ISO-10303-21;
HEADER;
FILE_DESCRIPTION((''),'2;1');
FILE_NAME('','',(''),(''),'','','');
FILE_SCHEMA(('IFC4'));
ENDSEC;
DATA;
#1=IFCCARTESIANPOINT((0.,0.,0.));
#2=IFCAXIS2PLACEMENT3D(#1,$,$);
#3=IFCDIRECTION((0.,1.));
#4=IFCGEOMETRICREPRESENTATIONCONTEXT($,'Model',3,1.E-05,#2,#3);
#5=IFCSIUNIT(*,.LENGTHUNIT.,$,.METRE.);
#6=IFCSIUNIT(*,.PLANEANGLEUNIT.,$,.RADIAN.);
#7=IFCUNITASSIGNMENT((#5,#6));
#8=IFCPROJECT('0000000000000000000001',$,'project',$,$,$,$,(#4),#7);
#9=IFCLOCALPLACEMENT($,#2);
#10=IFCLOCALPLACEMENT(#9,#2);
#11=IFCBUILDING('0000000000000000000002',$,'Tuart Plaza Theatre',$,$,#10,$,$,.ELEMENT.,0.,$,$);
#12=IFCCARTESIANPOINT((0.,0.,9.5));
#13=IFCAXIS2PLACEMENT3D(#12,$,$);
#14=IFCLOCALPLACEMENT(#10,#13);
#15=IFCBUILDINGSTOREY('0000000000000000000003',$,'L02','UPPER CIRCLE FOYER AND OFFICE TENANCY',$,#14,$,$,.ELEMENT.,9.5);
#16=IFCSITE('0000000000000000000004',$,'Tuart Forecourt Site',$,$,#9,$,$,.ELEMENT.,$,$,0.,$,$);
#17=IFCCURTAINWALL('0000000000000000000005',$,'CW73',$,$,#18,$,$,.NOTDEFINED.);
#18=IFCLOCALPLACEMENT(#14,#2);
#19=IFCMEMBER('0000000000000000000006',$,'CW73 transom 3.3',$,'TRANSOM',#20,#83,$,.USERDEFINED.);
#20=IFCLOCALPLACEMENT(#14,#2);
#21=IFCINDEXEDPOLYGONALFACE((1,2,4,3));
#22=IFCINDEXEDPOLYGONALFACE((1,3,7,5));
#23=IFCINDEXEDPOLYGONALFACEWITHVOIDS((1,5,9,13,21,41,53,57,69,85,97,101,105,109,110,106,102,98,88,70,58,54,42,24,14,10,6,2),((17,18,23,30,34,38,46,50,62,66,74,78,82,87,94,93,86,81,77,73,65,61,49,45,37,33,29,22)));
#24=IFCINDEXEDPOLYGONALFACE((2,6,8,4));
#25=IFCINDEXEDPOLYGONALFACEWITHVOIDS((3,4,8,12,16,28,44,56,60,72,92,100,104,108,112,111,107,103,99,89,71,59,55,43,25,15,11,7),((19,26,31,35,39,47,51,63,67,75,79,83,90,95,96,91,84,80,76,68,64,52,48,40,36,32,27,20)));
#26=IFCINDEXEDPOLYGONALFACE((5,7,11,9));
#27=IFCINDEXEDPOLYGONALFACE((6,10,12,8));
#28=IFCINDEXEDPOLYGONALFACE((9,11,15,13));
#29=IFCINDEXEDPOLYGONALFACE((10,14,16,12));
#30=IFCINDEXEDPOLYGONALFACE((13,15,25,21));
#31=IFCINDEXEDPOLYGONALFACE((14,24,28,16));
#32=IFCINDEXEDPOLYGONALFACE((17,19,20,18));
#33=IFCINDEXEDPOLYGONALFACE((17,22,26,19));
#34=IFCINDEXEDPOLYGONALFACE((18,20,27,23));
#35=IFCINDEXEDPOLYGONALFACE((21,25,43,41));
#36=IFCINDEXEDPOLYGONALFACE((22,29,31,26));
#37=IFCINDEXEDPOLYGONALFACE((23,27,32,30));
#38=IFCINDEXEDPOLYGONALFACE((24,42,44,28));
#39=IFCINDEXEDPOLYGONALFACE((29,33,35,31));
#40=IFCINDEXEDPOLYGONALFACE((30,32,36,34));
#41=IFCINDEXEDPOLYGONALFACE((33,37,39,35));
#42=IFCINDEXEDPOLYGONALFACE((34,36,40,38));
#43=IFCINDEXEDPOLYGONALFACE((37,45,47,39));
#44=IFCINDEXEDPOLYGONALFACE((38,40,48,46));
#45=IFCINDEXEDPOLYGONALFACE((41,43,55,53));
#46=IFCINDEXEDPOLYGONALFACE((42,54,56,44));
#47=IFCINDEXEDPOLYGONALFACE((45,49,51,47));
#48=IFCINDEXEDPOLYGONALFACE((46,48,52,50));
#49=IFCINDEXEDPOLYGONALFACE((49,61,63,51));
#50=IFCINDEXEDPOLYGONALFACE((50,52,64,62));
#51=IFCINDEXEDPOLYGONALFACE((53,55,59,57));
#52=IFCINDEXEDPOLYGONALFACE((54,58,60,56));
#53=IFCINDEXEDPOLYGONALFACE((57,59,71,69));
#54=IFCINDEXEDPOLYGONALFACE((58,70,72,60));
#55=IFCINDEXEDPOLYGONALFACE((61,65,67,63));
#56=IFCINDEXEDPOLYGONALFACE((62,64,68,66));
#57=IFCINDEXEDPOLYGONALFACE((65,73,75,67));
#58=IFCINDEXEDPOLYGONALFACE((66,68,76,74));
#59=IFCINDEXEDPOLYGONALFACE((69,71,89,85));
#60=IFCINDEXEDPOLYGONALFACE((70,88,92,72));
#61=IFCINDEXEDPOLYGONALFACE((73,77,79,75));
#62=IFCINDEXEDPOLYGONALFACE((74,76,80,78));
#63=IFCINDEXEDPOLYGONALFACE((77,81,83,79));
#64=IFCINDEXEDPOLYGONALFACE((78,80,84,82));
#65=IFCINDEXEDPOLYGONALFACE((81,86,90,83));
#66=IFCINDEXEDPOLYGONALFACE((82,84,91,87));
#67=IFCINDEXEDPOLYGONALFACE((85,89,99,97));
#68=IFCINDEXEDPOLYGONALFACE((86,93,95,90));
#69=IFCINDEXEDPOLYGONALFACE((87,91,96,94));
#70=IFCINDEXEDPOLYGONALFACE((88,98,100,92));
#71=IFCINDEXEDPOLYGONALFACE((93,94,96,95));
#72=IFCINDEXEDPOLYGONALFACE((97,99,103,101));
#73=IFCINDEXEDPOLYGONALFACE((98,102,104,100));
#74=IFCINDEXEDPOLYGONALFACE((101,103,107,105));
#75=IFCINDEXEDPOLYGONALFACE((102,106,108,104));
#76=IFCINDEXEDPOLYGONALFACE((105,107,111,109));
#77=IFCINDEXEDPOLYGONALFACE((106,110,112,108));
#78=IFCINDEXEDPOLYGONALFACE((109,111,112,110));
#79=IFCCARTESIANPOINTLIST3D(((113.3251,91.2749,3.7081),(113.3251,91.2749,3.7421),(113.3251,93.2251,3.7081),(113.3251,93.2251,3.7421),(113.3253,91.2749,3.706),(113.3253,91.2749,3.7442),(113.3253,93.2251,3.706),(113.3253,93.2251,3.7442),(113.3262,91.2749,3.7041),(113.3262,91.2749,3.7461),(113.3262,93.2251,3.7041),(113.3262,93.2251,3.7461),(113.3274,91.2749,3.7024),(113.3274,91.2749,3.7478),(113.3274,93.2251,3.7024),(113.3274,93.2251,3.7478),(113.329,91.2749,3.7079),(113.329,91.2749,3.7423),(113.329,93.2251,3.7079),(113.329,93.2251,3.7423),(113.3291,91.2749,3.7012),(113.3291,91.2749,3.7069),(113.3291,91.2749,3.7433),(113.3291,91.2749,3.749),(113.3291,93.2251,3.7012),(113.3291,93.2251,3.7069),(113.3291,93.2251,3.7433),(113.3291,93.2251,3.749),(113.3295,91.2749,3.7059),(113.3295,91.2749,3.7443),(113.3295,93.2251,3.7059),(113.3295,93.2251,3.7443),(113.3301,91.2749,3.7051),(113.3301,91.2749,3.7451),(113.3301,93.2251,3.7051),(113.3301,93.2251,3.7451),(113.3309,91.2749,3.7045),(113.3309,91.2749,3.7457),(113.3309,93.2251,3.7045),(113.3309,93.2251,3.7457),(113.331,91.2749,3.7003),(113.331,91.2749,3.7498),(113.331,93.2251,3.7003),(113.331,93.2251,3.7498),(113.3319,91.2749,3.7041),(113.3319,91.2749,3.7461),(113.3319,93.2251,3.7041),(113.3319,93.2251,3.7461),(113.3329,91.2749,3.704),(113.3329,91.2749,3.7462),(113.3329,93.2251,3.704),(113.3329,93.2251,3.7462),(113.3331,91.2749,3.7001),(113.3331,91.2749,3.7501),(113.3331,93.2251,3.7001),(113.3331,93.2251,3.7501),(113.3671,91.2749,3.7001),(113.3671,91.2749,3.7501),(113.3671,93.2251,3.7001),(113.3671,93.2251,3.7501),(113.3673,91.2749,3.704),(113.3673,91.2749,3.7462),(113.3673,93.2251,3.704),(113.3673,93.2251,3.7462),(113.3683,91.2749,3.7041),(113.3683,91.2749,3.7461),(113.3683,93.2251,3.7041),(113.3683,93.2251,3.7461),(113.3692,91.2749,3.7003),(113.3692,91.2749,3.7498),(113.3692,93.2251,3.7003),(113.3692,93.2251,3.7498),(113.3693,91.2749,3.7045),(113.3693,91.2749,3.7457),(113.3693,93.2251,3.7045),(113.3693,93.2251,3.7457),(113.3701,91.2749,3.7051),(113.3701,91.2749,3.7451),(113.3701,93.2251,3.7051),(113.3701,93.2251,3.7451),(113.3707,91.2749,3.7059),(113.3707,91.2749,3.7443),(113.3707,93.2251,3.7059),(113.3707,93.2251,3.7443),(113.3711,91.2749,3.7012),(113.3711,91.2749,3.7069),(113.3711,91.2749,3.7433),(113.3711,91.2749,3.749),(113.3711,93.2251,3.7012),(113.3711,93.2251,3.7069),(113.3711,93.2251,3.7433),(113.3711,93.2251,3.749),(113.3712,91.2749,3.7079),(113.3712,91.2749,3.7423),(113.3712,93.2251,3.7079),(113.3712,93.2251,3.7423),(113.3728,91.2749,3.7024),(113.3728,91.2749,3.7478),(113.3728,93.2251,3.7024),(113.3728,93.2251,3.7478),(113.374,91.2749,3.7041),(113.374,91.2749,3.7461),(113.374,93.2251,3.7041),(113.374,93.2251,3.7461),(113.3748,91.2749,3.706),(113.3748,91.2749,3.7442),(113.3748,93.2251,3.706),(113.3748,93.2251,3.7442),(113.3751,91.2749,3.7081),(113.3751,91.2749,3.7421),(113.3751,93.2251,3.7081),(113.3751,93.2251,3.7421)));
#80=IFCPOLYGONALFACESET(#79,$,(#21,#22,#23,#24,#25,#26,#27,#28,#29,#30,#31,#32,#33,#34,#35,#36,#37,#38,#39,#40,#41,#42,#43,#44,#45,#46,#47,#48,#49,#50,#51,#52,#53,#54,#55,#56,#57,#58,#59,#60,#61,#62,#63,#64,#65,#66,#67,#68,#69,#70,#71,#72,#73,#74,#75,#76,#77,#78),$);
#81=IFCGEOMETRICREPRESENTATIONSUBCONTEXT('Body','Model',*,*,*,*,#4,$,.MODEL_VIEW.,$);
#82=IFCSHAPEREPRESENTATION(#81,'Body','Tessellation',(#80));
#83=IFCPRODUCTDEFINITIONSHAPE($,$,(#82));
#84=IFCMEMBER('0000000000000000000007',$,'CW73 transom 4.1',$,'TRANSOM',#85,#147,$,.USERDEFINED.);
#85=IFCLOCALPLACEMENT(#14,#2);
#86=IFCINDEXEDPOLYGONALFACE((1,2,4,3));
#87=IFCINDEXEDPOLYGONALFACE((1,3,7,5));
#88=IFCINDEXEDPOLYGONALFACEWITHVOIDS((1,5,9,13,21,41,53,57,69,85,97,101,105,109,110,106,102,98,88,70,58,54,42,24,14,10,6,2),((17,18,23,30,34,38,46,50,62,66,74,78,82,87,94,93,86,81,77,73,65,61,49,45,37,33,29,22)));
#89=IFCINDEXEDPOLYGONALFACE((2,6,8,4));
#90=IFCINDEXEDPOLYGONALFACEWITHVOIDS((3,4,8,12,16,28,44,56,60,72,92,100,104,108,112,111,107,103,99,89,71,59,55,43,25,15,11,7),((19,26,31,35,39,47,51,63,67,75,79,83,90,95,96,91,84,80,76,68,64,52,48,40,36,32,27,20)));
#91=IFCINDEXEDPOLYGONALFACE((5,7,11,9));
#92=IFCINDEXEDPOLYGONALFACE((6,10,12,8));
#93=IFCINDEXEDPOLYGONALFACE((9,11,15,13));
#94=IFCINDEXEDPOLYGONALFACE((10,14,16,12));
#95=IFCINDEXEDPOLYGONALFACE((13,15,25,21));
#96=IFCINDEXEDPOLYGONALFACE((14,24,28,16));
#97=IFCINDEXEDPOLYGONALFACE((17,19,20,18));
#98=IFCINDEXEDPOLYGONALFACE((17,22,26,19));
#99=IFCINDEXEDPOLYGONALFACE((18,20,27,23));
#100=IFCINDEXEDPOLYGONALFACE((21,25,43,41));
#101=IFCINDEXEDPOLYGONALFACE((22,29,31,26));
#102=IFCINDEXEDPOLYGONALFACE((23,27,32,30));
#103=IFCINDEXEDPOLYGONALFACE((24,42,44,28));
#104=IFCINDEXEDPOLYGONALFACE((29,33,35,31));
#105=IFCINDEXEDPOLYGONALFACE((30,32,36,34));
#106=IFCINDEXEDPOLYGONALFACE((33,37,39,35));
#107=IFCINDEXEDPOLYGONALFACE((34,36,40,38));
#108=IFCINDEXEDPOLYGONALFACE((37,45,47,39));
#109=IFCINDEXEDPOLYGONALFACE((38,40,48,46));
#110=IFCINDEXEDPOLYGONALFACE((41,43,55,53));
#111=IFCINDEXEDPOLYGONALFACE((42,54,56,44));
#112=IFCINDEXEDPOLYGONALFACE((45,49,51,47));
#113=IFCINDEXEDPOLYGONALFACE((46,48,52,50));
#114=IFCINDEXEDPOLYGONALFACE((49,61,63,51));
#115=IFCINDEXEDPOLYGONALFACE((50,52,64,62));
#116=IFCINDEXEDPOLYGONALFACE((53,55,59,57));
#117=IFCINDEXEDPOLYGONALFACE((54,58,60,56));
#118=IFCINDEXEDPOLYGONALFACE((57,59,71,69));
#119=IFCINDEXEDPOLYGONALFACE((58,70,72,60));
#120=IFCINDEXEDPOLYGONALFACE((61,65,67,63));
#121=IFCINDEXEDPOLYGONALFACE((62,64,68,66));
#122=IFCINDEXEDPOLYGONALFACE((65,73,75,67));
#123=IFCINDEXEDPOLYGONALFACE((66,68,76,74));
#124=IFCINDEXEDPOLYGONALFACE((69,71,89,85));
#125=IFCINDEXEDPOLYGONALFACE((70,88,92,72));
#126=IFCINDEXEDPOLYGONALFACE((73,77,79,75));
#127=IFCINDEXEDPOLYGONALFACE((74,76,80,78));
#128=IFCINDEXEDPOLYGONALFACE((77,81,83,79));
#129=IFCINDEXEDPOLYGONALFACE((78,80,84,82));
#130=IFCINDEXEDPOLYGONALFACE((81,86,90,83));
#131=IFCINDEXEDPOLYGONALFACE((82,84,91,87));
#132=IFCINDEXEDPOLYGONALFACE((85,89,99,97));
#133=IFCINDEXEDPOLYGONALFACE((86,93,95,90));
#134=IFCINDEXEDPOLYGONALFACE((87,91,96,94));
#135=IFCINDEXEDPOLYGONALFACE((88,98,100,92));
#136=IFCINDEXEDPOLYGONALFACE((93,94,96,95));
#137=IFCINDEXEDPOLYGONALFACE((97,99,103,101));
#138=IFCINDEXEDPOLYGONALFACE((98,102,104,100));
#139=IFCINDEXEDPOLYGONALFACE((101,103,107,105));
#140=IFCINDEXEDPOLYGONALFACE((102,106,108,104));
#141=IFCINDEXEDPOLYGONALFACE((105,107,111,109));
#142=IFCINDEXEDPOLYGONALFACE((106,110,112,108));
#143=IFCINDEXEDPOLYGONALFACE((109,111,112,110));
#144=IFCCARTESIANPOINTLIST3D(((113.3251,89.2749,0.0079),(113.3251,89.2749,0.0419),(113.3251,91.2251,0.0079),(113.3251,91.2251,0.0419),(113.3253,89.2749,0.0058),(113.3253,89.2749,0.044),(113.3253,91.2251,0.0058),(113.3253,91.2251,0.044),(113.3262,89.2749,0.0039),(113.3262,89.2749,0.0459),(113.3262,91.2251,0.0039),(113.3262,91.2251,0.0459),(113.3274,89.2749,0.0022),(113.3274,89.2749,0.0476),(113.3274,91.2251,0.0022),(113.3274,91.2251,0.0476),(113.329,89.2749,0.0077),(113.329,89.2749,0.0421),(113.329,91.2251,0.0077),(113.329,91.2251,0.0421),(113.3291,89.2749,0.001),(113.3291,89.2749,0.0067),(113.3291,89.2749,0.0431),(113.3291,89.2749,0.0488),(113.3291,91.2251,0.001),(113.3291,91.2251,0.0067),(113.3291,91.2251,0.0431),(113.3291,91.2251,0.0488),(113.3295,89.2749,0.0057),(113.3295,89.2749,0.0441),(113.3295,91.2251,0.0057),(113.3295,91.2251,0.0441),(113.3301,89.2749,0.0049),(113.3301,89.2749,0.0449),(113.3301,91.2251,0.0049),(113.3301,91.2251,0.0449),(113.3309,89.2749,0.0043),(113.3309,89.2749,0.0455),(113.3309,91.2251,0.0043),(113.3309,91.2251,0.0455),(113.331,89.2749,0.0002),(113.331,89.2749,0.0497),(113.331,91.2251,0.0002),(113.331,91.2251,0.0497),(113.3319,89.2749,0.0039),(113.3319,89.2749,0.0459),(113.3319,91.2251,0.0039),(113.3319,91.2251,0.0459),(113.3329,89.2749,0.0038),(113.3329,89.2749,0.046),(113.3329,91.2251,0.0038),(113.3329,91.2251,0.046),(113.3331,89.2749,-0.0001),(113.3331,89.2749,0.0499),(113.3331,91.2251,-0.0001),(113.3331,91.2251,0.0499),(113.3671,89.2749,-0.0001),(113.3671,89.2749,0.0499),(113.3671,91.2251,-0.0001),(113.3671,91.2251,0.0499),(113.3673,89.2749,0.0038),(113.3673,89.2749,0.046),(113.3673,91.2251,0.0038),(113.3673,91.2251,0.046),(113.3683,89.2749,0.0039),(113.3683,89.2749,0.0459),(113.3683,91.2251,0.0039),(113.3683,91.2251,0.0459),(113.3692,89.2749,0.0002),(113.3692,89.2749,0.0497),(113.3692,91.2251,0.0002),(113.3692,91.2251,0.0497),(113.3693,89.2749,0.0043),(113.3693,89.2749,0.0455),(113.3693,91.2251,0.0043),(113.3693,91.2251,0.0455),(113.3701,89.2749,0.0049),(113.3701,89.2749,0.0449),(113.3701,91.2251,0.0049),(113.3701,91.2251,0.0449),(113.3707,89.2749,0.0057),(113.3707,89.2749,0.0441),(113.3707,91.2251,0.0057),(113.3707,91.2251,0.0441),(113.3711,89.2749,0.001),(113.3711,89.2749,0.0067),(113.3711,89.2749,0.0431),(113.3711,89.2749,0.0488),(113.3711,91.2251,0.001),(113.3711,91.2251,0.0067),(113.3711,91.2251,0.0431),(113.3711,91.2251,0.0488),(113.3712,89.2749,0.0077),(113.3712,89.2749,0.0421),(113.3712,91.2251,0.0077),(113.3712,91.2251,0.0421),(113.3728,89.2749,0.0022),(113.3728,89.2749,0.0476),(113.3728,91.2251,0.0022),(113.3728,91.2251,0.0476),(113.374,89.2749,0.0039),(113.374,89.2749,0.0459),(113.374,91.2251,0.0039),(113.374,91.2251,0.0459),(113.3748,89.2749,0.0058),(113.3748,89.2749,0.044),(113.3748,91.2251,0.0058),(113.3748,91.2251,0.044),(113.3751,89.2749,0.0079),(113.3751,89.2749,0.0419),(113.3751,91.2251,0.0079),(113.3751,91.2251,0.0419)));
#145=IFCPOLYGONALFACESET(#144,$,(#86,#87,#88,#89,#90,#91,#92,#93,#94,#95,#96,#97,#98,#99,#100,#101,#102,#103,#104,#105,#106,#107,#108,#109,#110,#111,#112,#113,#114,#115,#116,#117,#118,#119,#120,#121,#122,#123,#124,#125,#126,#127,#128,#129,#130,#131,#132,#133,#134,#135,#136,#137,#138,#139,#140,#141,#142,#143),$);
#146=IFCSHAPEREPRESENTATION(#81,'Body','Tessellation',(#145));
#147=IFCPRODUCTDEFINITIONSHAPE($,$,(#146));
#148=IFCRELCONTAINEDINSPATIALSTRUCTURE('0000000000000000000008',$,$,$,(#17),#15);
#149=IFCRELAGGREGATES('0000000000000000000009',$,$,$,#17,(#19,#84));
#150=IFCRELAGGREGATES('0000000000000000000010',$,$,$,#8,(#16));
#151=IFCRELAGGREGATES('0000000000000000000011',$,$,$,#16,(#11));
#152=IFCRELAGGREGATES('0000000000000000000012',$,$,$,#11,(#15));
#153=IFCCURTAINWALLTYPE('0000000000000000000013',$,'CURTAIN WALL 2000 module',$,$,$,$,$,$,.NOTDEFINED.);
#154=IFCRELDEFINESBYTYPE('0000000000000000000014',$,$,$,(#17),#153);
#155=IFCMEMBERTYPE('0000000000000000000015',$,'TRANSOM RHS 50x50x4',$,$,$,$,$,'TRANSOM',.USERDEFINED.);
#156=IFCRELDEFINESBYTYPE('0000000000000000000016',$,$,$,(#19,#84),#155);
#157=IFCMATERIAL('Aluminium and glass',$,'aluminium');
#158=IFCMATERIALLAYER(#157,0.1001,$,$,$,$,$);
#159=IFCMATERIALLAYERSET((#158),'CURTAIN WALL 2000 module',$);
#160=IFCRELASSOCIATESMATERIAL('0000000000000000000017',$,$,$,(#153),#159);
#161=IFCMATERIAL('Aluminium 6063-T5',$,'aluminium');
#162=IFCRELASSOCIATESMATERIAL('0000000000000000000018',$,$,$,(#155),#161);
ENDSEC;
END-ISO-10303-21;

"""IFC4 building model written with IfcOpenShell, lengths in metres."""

from ifc_helpers import new_model, si_unit, direction, frame, origin, origin_2d, place, context, subcontext, project, spatial, hollow_rectangle, extrude, material, layer, layer_set, material_profile, profile_set, type_object, element, aggregate, save


model = new_model("IFC4")

# Units and contexts
model_context = context("Model", 3, precision=1e-05, world=origin(), true_north=direction((0.0, 1.0)))
body_context = subcontext(model_context, "Body", "Model", "MODEL_VIEW")
ifc_project = project(units=[si_unit("LENGTHUNIT", "METRE"), si_unit("PLANEANGLEUNIT", "RADIAN")], contexts=[model_context])

# Site, building, storey
site_placement = place(None, origin())
site = spatial("IfcSite", under=ifc_project, at=site_placement, Name="Tuart Forecourt Site", CompositionType="ELEMENT", RefElevation=0.0)
building_placement = place(site_placement, origin())
building = spatial("IfcBuilding", under=site, at=building_placement, Name="Tuart Plaza Theatre", CompositionType="ELEMENT", ElevationOfRefHeight=0.0)
storey_placement = place(building_placement, frame((0.0, 0.0, 9.5)))
storey = spatial("IfcBuildingStorey", under=building, at=storey_placement, Name="L02", Description="UPPER CIRCLE FOYER AND OFFICE TENANCY", CompositionType="ELEMENT", Elevation=9.5)

# Curtain wall, members
ifc_material_1 = material(Name="Aluminium and glass", Category="aluminium")
ifc_layer_1 = layer(ifc_material_1, 0.1001)
ifc_layer_set_1 = layer_set([ifc_layer_1], Name="CURTAIN WALL 2000 module")
curtain_wall_type = type_object("IfcCurtainWallType", Name="CURTAIN WALL 2000 module", PredefinedType="NOTDEFINED", material=ifc_layer_set_1)
curtain_wall_placement = place(storey_placement, origin())
curtain_wall = element("IfcCurtainWall", 1, at=curtain_wall_placement, inside=storey, type_object=curtain_wall_type, Name="CW73", PredefinedType="NOTDEFINED")
ifc_material_2 = material(Name="Aluminium 6063-T5", Category="aluminium")
ifc_material_profile_1 = material_profile(ifc_material_2, hollow_rectangle(XDim=0.05, YDim=0.05, WallThickness=0.0039, InnerFilletRadius=0.0039, OuterFilletRadius=0.0081, at=origin_2d()), Name="RHS 50x50x4")
ifc_profile_set_1 = profile_set([ifc_material_profile_1], Name="Aluminium 6063-T5")
member_type_1 = type_object("IfcMemberType", Name="TRANSOM RHS 50x50x4", ElementType="TRANSOM", PredefinedType="USERDEFINED", material=ifc_profile_set_1)
member_1_placement = place(storey_placement, frame((113.3501, 93.2251, 3.7251), z_axis=(0.0, -1.0, 0.0), x_axis=(1.0, 0.0, 0.0)))
member_1 = element("IfcMember", 2, at=member_1_placement, type_object=member_type_1, Name="CW73 transom 3.3", ObjectType="TRANSOM", PredefinedType="USERDEFINED", context=body_context, shape_type="SweptSolid", body=[
    extrude(hollow_rectangle(XDim=0.05, YDim=0.05, WallThickness=0.0039, InnerFilletRadius=0.0039, OuterFilletRadius=0.0081, at=origin_2d()), origin(), (0.0, 0.0, 1.0), 1.9502),
])
member_2_placement = place(storey_placement, frame((113.3501, 91.2251, 0.0249), z_axis=(0.0, -1.0, 0.0), x_axis=(1.0, 0.0, 0.0)))
member_2 = element("IfcMember", 3, at=member_2_placement, type_object=member_type_1, Name="CW73 transom 4.1", ObjectType="TRANSOM", PredefinedType="USERDEFINED", context=body_context, shape_type="SweptSolid", body=[
    extrude(hollow_rectangle(XDim=0.05, YDim=0.05, WallThickness=0.0039, InnerFilletRadius=0.0039, OuterFilletRadius=0.0081, at=origin_2d()), origin(), (0.0, 0.0, 1.0), 1.9502),
])
aggregate(curtain_wall, [member_1, member_2])

save(model, "model.ifc")
